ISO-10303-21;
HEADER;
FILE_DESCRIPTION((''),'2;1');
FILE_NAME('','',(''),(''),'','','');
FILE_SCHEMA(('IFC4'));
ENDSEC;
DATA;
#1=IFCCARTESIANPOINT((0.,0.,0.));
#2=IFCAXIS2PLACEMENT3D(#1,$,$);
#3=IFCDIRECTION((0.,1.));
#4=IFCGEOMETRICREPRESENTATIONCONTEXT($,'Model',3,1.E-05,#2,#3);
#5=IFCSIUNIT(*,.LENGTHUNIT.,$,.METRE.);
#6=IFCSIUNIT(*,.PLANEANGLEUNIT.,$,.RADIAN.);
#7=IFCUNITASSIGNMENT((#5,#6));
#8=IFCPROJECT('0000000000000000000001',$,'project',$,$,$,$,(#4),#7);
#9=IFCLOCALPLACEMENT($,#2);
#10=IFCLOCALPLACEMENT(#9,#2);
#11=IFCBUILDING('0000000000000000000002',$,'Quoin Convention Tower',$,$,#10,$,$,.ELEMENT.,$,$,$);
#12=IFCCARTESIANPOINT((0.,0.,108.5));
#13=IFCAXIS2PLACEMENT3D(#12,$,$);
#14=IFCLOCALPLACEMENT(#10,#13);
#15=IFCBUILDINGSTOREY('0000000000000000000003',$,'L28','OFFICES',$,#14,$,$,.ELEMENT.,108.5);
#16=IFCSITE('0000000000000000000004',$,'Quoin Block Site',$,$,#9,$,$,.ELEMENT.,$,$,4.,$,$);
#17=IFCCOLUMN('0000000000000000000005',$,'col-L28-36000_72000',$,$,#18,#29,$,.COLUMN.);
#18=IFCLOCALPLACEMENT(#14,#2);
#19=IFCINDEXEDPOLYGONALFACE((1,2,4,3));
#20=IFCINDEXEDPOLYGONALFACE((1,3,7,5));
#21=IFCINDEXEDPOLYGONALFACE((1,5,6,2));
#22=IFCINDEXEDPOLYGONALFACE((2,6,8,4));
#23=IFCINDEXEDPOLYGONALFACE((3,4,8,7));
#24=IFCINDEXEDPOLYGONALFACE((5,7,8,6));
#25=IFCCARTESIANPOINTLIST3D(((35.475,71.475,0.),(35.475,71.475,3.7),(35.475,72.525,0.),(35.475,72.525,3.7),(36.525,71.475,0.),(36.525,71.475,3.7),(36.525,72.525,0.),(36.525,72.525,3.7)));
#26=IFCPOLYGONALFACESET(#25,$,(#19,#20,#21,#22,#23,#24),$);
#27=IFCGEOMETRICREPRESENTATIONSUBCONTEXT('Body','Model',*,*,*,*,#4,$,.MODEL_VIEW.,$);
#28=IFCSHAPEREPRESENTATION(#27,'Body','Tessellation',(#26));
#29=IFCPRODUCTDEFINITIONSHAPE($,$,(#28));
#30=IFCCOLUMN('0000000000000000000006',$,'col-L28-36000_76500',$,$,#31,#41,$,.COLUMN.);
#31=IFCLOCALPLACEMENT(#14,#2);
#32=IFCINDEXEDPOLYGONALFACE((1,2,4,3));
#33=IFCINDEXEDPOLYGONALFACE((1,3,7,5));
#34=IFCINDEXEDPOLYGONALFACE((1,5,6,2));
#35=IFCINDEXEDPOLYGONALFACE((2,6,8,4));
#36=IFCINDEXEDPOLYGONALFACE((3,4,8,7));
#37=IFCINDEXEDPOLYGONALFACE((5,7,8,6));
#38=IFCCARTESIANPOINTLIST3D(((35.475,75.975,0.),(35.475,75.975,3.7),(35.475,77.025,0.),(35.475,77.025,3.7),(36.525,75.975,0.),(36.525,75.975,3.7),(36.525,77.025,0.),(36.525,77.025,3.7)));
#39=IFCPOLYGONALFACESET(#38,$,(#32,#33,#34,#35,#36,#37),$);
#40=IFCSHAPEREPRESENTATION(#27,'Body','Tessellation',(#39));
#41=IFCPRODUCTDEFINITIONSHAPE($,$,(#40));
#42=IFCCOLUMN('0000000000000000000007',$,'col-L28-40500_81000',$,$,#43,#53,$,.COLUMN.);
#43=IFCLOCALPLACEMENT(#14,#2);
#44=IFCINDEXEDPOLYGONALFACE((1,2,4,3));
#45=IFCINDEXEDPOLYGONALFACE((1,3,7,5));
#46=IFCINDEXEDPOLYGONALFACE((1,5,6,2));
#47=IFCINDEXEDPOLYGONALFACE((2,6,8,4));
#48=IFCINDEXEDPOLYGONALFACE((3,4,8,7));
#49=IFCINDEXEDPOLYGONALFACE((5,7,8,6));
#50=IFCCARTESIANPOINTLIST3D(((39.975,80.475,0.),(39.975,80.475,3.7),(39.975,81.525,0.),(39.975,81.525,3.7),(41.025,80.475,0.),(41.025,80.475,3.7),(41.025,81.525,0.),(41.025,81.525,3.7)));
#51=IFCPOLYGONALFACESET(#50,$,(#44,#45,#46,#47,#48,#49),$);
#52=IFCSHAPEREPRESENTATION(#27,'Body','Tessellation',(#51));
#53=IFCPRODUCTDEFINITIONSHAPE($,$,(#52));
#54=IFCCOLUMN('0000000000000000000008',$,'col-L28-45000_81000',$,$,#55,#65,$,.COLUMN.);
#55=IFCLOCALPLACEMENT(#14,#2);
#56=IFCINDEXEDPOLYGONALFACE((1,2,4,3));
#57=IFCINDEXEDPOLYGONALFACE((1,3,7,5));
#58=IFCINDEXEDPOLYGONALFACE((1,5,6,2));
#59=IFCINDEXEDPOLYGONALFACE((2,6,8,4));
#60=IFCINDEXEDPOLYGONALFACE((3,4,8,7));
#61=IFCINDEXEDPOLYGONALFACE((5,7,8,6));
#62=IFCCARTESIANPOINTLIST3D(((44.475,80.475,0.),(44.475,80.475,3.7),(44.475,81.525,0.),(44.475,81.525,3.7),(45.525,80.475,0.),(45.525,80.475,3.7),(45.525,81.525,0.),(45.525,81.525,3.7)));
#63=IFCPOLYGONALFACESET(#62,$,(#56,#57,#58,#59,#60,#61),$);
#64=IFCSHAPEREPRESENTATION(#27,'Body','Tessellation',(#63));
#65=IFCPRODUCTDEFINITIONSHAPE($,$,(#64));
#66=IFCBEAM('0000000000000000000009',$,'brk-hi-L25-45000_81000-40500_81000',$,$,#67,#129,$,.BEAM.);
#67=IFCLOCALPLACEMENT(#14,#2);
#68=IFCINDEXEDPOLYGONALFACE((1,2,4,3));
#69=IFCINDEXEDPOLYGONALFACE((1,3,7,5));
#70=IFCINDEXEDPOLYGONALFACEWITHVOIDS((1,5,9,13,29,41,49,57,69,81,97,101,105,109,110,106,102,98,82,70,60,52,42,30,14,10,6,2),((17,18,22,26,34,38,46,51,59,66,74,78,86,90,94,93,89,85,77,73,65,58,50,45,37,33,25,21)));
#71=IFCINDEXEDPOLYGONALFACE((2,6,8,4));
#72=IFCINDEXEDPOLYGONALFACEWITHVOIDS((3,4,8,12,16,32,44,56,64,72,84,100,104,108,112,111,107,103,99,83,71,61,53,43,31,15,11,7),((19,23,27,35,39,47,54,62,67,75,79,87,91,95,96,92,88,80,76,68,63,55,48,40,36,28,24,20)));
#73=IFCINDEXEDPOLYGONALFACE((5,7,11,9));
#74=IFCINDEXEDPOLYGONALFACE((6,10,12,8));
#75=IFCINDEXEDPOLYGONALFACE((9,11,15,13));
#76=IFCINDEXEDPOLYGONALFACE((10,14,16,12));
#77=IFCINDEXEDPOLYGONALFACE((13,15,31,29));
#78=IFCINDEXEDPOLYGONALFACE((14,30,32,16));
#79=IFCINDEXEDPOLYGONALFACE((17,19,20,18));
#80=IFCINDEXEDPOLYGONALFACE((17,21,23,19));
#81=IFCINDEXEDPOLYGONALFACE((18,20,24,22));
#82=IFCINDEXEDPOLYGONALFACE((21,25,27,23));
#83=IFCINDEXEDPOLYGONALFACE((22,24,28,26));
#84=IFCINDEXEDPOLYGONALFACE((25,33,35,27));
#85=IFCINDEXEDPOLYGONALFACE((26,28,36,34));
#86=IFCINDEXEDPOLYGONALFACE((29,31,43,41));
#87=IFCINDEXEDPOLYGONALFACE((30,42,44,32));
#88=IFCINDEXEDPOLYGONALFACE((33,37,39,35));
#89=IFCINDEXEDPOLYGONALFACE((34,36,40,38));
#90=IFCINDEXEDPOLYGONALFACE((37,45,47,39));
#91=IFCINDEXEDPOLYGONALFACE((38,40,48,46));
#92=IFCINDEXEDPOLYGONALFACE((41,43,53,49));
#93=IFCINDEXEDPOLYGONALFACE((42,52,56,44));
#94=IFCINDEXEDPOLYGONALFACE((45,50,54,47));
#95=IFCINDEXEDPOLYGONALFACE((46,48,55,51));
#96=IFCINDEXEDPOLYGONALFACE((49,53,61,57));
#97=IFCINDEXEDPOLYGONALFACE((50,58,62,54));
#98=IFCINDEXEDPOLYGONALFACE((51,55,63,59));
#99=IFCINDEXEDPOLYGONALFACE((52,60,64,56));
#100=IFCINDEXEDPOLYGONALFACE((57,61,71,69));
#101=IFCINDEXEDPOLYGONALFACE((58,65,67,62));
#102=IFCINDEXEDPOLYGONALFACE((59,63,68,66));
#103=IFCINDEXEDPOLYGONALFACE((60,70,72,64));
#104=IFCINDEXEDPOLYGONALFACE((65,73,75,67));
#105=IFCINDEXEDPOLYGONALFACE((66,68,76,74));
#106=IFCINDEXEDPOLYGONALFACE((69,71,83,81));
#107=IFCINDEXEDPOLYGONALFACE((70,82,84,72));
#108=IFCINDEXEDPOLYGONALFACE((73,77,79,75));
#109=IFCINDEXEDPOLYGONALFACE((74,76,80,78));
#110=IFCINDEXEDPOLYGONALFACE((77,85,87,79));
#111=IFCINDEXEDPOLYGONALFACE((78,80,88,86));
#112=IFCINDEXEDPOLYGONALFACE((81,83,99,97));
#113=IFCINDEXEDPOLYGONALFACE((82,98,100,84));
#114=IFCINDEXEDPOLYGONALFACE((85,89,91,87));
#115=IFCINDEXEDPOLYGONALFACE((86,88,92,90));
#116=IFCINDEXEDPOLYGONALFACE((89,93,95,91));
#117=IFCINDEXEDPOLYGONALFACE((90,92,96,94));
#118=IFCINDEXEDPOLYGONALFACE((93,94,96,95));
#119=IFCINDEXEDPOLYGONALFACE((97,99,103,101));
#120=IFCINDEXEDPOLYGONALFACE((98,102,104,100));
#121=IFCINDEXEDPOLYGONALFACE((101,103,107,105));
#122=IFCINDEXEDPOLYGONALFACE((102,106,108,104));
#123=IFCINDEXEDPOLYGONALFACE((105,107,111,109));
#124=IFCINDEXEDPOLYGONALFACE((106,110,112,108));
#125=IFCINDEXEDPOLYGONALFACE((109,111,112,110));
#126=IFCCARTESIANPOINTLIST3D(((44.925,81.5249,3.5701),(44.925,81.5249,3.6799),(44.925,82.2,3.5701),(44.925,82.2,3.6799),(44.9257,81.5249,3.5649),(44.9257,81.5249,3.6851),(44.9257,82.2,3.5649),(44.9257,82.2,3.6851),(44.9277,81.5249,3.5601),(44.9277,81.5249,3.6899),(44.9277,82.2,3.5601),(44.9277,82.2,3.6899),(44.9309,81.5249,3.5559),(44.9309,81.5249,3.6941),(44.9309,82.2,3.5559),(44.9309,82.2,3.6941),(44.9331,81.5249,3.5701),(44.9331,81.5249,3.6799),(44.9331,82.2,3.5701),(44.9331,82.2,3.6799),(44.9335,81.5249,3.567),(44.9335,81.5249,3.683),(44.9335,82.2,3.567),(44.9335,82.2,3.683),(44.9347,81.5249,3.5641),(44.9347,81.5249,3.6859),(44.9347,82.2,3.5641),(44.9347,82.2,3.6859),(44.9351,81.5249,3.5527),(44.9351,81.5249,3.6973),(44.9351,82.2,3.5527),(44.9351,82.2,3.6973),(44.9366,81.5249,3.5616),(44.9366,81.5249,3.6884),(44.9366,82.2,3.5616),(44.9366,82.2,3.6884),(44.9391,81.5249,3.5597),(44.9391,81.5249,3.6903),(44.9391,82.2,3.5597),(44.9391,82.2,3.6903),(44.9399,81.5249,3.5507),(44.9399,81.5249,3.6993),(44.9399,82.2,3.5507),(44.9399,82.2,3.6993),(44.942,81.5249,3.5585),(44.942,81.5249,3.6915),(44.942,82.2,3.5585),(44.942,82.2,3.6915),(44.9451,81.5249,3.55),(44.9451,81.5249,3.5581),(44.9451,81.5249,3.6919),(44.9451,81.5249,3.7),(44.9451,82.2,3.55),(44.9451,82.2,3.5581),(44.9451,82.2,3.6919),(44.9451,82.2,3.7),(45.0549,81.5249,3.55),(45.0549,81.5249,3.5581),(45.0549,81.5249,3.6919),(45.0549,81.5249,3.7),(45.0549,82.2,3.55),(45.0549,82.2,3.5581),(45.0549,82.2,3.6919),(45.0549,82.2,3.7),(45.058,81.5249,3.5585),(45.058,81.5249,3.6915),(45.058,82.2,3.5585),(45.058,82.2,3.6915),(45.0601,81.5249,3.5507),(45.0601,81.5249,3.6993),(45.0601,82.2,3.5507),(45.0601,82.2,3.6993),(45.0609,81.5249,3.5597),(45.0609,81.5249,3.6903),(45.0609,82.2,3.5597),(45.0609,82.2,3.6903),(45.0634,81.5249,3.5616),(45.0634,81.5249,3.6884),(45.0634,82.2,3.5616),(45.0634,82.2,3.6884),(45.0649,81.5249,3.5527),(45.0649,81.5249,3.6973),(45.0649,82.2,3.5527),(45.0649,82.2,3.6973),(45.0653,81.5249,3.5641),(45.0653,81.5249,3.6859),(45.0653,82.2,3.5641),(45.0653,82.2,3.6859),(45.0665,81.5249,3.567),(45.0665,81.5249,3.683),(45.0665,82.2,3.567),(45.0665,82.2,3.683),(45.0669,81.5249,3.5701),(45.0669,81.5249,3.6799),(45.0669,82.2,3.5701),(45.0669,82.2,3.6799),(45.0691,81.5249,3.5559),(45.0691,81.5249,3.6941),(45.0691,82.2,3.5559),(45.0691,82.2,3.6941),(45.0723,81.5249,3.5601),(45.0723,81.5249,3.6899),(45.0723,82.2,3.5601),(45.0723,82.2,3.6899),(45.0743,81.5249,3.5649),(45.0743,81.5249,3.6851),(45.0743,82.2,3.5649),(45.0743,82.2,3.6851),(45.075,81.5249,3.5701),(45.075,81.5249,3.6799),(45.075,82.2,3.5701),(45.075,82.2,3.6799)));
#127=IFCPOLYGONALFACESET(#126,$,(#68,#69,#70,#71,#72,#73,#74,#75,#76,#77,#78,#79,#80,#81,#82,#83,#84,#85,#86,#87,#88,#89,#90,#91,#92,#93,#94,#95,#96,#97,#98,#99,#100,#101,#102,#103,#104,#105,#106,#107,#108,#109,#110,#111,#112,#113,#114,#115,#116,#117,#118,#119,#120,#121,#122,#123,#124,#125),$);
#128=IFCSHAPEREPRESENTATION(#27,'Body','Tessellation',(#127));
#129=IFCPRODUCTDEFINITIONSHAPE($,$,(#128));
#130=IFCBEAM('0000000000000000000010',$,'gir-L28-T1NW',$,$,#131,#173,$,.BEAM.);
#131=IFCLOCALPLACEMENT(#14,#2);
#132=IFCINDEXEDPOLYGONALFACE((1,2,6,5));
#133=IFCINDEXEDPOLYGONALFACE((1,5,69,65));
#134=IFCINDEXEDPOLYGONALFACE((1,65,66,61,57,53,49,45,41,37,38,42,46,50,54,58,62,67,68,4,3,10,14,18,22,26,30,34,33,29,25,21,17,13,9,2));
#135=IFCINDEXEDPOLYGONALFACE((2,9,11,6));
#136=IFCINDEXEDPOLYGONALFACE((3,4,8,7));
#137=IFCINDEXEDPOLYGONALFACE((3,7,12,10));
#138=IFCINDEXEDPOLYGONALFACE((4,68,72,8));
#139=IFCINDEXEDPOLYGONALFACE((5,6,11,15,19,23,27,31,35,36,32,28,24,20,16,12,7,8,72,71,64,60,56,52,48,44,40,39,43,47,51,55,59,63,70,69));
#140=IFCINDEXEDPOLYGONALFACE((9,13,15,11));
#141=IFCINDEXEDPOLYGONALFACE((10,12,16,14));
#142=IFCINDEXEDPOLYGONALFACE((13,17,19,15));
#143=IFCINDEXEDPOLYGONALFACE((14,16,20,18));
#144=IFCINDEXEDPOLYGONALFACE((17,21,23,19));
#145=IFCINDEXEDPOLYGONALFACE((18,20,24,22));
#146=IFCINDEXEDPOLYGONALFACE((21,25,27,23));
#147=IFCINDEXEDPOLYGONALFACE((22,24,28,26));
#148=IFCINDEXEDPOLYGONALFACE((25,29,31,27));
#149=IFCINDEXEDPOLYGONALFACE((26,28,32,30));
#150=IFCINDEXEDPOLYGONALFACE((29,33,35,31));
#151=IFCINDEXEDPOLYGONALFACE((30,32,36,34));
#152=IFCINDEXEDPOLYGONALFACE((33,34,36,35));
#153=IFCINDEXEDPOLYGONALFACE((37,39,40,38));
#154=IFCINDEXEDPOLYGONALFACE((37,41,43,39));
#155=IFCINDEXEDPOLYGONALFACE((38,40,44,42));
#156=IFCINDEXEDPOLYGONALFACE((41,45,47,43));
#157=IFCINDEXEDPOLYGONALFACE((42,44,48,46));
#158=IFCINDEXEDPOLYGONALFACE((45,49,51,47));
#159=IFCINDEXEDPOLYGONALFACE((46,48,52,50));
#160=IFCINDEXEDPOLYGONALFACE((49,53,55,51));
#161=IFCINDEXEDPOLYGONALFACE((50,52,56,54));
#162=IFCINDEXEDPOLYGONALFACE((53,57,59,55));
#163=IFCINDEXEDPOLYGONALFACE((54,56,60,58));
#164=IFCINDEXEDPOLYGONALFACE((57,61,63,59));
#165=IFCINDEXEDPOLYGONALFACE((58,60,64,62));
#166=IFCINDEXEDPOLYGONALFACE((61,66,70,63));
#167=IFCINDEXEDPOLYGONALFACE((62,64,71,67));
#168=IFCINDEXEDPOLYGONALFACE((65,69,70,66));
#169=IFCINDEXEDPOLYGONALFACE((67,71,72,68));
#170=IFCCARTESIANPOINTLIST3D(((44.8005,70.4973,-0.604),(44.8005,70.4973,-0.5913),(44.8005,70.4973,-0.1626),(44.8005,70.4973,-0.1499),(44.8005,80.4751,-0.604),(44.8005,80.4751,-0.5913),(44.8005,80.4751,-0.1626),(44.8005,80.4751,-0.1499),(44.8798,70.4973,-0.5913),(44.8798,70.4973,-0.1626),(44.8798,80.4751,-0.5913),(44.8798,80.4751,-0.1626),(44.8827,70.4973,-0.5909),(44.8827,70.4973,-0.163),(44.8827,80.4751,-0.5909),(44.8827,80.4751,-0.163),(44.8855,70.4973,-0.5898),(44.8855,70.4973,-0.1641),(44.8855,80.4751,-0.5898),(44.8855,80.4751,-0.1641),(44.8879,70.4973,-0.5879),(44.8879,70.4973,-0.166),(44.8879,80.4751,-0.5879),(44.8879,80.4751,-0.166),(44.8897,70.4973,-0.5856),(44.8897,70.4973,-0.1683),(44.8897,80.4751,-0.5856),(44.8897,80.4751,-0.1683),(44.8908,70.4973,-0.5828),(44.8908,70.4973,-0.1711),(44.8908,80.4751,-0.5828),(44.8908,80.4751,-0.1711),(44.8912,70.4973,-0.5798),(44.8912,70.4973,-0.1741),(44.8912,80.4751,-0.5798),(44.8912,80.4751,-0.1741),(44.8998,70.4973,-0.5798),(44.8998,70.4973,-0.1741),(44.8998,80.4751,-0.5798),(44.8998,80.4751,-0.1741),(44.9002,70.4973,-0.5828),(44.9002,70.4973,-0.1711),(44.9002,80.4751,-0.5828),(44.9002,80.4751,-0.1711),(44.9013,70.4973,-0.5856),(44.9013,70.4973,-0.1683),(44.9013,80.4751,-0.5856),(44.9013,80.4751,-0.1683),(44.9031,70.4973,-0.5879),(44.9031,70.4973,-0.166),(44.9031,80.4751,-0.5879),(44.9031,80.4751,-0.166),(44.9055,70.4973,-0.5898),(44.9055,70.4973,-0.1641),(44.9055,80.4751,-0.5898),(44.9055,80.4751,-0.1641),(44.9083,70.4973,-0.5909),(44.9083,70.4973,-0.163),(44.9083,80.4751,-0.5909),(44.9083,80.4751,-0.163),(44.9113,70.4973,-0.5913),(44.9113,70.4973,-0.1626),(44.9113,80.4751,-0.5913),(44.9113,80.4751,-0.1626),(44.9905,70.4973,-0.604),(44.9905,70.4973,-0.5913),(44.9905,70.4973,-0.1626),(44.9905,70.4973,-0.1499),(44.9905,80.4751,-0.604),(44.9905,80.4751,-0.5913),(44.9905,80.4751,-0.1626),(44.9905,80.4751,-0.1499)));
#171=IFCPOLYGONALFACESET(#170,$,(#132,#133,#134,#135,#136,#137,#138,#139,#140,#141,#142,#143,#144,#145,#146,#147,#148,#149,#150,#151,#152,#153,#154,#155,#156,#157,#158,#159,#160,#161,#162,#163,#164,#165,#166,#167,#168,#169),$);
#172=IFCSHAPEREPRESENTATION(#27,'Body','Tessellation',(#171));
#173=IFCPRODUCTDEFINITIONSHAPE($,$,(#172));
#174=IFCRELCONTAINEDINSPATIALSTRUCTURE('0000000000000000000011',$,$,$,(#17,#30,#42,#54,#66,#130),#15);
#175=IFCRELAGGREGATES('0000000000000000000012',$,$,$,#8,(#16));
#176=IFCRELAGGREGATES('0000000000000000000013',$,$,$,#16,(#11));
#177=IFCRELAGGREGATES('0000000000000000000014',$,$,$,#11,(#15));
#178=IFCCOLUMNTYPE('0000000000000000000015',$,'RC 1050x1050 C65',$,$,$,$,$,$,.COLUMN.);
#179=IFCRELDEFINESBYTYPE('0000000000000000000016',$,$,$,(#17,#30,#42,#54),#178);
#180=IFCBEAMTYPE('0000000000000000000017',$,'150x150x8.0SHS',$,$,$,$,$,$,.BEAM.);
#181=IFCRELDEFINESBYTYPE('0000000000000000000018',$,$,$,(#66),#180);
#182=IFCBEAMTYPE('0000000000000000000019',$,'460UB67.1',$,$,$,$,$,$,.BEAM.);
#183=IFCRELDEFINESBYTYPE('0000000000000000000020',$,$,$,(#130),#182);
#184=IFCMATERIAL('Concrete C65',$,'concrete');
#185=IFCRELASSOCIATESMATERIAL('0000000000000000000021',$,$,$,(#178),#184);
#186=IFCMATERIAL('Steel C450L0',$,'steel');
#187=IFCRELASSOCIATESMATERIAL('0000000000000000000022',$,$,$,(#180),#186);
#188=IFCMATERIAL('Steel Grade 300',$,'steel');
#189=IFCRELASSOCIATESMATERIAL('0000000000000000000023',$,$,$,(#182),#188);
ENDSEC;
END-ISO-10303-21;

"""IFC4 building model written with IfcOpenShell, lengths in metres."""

from ifc_helpers import new_model, si_unit, direction, frame, origin, origin_2d, place, context, subcontext, project, spatial, rectangle, hollow_rectangle, i_section, extrude, material, material_profile, profile_set, type_object, element, save


model = new_model("IFC4")

# Units and contexts
model_context = context("Model", 3, precision=1e-05, world=origin(), true_north=direction((0.0, 1.0)))
body_context = subcontext(model_context, "Body", "Model", "MODEL_VIEW")
ifc_project = project(units=[si_unit("LENGTHUNIT", "METRE"), si_unit("PLANEANGLEUNIT", "RADIAN")], contexts=[model_context])

# Site, building, storey
site_placement = place(None, origin())
site = spatial("IfcSite", under=ifc_project, at=site_placement, Name="Quoin Block Site", CompositionType="ELEMENT", RefElevation=4.0)
building_placement = place(site_placement, origin())
building = spatial("IfcBuilding", under=site, at=building_placement, Name="Quoin Convention Tower", CompositionType="ELEMENT")
storey_placement = place(building_placement, frame((0.0, 0.0, 108.5)))
storey = spatial("IfcBuildingStorey", under=building, at=storey_placement, Name="L28", Description="OFFICES", CompositionType="ELEMENT", Elevation=108.5)

# Columns
ifc_material_1 = material(Name="Concrete C65", Category="concrete")
ifc_material_profile_1 = material_profile(ifc_material_1, rectangle(XDim=1.05, YDim=1.05, at=origin_2d()), Name="RC 1050x1050")
ifc_profile_set_1 = profile_set([ifc_material_profile_1], Name="Concrete C65")
column_type = type_object("IfcColumnType", Name="RC 1050x1050 C65", PredefinedType="COLUMN", material=ifc_profile_set_1)
for number, where, z_axis, x_axis, name in (
    (1, (36.0, 72.0, 0.0), (0.0, 0.0, 1.0), (1.0, 0.0, 0.0), "col-L28-36000_72000"),
    (2, (36.0, 76.5, 0.0), (0.0, 0.0, 1.0), (1.0, 0.0, 0.0), "col-L28-36000_76500"),
    (3, (40.5, 81.0, 0.0), (0.0, 0.0, 1.0), (1.0, 0.0, 0.0), "col-L28-40500_81000"),
    (4, (45.0, 81.0, 0.0), (0.0, 0.0, 1.0), (1.0, 0.0, 0.0), "col-L28-45000_81000"),
):
    element("IfcColumn", number, at=place(storey_placement, frame(where, z_axis=z_axis, x_axis=x_axis)), inside=storey, type_object=column_type, Name=name, PredefinedType="COLUMN", context=body_context, shape_type="SweptSolid", body=[
        extrude(rectangle(XDim=1.05, YDim=1.05, at=origin_2d()), origin(), (0.0, 0.0, 1.0), 3.7),
    ])

# Beams
ifc_material_2 = material(Name="Steel C450L0", Category="steel")
ifc_material_profile_2 = material_profile(ifc_material_2, hollow_rectangle(XDim=0.1499, YDim=0.1499, WallThickness=0.0081, InnerFilletRadius=0.012, OuterFilletRadius=0.02, at=origin_2d()), Name="150x150x8.0SHS")
ifc_profile_set_2 = profile_set([ifc_material_profile_2], Name="Steel C450L0")
beam_type_1 = type_object("IfcBeamType", Name="150x150x8.0SHS", PredefinedType="BEAM", material=ifc_profile_set_2)
beam_1_placement = place(storey_placement, frame((45.0, 81.5249, 3.625), z_axis=(0.0, 1.0, 0.0), x_axis=(-1.0, 0.0, 0.0)))
element("IfcBeam", 5, at=beam_1_placement, inside=storey, type_object=beam_type_1, Name="brk-hi-L25-45000_81000-40500_81000", PredefinedType="BEAM", context=body_context, shape_type="SweptSolid", body=[
    extrude(hollow_rectangle(XDim=0.1499, YDim=0.1499, WallThickness=0.0081, InnerFilletRadius=0.012, OuterFilletRadius=0.02, at=origin_2d()), origin(), (0.0, 0.0, 1.0), 0.675),
])
ifc_material_3 = material(Name="Steel Grade 300", Category="steel")
ifc_material_profile_3 = material_profile(ifc_material_3, i_section(OverallWidth=0.1899, OverallDepth=0.4541, WebThickness=0.0085, FlangeThickness=0.0127, FilletRadius=0.0115, at=origin_2d()), Name="460UB67.1")
ifc_profile_set_3 = profile_set([ifc_material_profile_3], Name="Steel Grade 300")
beam_type_2 = type_object("IfcBeamType", Name="460UB67.1", PredefinedType="BEAM", material=ifc_profile_set_3)
beam_2_placement = place(storey_placement, frame((44.8955, 80.4751, -0.377), z_axis=(0.0, -1.0, 0.0), x_axis=(1.0, 0.0, 0.0)))
element("IfcBeam", 6, at=beam_2_placement, inside=storey, type_object=beam_type_2, Name="gir-L28-T1NW", PredefinedType="BEAM", context=body_context, shape_type="SweptSolid", body=[
    extrude(i_section(OverallWidth=0.1899, OverallDepth=0.4541, WebThickness=0.0085, FlangeThickness=0.0127, FilletRadius=0.0115, at=origin_2d()), origin(), (0.0, 0.0, 1.0), 9.9778),
])

save(model, "model.ifc")
